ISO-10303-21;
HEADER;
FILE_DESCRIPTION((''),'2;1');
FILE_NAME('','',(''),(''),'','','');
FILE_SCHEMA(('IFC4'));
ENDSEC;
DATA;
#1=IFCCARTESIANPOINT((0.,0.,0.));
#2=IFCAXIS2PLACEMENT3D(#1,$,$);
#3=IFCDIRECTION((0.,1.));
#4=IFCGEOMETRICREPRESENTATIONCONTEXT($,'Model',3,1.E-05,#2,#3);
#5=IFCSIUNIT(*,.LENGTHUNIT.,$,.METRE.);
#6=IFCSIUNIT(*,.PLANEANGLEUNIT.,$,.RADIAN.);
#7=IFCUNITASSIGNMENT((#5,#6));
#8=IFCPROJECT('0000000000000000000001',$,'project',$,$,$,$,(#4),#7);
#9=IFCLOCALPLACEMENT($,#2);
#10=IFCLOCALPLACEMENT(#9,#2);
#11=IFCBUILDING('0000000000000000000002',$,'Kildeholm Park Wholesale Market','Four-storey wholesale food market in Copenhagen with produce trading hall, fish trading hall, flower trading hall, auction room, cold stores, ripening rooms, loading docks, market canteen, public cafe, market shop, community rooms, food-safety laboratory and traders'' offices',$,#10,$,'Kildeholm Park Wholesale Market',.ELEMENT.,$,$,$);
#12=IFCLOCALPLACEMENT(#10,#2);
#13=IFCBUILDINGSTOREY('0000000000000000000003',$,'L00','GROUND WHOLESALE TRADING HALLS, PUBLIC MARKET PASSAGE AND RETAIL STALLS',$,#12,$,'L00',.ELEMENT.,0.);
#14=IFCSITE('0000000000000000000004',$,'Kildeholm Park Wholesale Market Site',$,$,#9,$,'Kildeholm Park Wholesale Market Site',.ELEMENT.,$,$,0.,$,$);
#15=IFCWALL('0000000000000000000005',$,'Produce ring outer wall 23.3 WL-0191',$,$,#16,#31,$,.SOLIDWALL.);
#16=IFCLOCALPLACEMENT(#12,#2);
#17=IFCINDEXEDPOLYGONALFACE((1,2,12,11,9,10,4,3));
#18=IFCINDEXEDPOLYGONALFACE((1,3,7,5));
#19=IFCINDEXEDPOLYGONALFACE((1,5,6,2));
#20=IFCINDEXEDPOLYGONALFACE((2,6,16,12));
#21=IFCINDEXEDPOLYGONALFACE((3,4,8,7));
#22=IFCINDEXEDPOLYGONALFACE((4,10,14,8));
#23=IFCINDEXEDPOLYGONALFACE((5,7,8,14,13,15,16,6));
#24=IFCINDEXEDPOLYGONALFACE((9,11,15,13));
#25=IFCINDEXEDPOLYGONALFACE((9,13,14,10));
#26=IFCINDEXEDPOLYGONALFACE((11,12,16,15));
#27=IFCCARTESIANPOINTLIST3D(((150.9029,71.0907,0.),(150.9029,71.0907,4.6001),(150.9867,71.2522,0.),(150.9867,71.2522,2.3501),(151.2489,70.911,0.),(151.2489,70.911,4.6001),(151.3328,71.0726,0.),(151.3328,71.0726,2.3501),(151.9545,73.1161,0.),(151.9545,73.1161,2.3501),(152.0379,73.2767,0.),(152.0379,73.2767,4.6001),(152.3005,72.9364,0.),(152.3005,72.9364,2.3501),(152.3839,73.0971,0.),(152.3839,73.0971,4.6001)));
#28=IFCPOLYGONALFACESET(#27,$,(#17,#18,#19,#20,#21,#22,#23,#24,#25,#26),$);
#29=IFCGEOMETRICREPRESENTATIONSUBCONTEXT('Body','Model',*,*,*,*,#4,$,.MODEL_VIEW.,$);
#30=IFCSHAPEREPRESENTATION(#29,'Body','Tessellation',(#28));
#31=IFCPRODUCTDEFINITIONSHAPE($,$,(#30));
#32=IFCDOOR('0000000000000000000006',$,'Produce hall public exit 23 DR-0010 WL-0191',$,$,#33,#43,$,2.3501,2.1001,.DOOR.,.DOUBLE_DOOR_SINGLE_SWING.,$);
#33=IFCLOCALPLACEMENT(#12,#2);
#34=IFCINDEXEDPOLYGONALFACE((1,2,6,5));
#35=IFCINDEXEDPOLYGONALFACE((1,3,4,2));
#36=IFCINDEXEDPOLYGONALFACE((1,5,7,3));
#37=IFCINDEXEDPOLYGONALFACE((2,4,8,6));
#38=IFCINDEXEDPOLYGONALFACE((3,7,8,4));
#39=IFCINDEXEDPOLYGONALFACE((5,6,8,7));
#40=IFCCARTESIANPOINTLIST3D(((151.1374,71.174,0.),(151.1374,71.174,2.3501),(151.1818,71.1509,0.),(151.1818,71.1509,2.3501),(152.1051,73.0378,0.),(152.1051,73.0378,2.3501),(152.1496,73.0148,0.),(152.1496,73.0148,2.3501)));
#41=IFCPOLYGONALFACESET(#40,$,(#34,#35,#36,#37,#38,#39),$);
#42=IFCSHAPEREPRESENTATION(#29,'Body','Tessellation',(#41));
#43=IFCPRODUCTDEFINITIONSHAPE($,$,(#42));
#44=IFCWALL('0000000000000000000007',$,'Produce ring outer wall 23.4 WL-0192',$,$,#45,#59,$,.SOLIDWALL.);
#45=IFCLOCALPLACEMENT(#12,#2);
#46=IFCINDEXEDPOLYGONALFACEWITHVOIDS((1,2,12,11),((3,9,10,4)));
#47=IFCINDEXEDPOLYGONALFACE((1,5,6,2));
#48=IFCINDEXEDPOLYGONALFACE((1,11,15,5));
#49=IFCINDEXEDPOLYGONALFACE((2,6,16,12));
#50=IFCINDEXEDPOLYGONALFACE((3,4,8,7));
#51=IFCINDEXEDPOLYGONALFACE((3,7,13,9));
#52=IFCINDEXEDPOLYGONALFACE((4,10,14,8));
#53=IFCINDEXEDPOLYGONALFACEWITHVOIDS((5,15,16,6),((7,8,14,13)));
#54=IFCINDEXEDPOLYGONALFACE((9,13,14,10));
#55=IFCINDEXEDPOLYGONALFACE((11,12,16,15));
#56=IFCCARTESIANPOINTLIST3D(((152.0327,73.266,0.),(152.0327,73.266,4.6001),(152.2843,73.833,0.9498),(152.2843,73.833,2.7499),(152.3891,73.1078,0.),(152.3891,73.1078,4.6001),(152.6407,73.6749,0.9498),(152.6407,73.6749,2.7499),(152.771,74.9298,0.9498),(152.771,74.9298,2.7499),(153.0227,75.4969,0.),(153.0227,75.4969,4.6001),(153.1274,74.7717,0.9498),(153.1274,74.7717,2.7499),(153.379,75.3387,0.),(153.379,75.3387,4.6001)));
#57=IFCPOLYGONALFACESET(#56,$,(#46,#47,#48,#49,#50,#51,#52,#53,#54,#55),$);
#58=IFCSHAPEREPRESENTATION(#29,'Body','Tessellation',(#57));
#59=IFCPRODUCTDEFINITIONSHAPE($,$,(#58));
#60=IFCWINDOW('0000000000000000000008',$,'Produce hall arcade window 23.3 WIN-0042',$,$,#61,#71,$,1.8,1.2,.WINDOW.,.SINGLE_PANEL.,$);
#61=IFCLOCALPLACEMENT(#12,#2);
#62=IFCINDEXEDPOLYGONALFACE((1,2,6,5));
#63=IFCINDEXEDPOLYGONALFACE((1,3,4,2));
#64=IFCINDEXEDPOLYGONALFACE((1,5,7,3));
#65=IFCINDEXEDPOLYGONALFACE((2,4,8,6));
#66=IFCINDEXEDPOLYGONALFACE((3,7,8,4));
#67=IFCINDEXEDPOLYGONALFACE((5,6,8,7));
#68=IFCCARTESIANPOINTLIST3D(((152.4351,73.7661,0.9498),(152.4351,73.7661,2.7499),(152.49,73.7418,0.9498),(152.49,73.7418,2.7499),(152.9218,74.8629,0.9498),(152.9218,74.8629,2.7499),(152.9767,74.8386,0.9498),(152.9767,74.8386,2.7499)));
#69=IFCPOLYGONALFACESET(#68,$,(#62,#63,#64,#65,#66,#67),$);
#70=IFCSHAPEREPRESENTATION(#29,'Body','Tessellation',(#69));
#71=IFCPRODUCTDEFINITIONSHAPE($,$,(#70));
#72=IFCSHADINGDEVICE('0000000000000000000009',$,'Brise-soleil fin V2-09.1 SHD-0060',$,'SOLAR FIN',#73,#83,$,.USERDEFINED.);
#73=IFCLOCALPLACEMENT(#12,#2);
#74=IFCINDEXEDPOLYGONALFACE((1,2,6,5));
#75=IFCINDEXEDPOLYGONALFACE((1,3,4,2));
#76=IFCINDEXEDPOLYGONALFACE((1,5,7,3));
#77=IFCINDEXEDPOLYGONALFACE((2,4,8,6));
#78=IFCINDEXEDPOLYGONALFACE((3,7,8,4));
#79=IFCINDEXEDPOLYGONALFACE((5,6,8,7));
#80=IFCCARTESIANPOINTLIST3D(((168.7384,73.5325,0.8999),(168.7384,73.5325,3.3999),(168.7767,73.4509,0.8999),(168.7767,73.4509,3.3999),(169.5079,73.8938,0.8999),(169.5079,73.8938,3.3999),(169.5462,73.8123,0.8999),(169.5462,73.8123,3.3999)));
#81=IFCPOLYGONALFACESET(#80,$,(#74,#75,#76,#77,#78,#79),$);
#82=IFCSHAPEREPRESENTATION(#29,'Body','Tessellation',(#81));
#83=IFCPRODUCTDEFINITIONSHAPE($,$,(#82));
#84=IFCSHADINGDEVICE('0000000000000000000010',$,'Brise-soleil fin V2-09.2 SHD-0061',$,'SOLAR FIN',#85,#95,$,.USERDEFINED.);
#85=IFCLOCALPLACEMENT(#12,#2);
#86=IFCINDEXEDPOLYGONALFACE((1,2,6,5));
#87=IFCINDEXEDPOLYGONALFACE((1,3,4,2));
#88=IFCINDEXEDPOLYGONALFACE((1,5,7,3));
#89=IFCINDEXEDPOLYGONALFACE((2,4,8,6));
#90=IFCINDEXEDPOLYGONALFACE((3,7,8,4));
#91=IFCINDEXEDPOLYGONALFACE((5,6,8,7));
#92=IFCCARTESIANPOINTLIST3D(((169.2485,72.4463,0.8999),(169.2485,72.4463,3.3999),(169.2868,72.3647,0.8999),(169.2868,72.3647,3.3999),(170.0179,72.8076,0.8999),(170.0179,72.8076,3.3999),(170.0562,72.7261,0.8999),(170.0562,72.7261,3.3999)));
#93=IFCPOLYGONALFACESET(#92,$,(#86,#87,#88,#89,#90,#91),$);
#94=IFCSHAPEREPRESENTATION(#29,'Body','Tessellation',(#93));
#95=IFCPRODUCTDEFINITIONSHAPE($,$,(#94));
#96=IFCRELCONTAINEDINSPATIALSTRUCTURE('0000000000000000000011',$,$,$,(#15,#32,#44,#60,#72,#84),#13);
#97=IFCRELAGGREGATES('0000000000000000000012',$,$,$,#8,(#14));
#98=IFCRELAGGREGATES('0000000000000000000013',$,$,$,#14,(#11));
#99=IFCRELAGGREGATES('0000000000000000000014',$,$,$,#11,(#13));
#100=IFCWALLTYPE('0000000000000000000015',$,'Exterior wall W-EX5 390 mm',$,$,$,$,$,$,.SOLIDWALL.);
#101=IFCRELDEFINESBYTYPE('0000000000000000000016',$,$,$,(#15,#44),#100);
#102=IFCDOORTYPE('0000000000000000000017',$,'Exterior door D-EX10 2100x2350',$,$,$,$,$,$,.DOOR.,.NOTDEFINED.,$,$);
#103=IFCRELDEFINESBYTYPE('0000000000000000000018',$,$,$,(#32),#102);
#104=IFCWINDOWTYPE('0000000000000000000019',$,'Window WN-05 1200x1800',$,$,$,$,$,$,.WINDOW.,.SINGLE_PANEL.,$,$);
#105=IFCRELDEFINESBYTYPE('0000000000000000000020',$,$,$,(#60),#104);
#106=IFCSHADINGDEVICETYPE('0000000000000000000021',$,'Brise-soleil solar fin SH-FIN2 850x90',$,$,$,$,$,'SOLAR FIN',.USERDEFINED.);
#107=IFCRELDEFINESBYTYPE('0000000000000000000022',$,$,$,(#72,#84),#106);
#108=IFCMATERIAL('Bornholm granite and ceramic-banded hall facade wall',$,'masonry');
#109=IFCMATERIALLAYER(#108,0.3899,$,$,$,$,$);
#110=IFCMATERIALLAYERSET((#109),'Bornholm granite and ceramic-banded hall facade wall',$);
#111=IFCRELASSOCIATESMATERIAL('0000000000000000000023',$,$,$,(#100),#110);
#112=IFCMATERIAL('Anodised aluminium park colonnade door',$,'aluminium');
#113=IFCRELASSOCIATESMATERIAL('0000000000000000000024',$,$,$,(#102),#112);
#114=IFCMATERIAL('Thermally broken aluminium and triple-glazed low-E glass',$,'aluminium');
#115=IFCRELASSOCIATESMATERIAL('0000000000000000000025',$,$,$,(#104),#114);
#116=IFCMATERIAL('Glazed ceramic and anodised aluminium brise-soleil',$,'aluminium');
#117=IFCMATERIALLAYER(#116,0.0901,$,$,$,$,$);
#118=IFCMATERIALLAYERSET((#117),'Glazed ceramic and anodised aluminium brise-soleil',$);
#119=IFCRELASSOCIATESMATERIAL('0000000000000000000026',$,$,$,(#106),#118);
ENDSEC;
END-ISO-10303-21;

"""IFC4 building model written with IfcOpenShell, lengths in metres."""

from ifc_helpers import new_model, si_unit, direction, frame, frame_2d, origin, origin_2d, place, context, subcontext, project, spatial, rectangle, extrude, material, layer, layer_set, type_object, element, fill, save


model = new_model("IFC4")

# Units and contexts
model_context = context("Model", 3, precision=1e-05, world=origin(), true_north=direction((0.0, 1.0)))
body_context = subcontext(model_context, "Body", "Model", "MODEL_VIEW")
ifc_project = project(units=[si_unit("LENGTHUNIT", "METRE"), si_unit("PLANEANGLEUNIT", "RADIAN")], contexts=[model_context])

# Site, building, storey
site_placement = place(None, origin())
site = spatial("IfcSite", under=ifc_project, at=site_placement, Name="Kildeholm Park Wholesale Market Site", LongName="Kildeholm Park Wholesale Market Site", CompositionType="ELEMENT", RefElevation=0.0)
building_placement = place(site_placement, origin())
building = spatial("IfcBuilding", under=site, at=building_placement, Name="Kildeholm Park Wholesale Market", Description="Four-storey wholesale food market in Copenhagen with produce trading hall, fish trading hall, flower trading hall, auction room, cold stores, ripening rooms, loading docks, market canteen, public cafe, market shop, community rooms, food-safety laboratory and traders' offices", LongName="Kildeholm Park Wholesale Market", CompositionType="ELEMENT")
storey_placement = place(building_placement, origin())
storey = spatial("IfcBuildingStorey", under=building, at=storey_placement, Name="L00", Description="GROUND WHOLESALE TRADING HALLS, PUBLIC MARKET PASSAGE AND RETAIL STALLS", LongName="L00", CompositionType="ELEMENT", Elevation=0.0)

# Shared definitions
ifc_material_1 = material(Name="Thermally broken aluminium and triple-glazed low-E glass", Category="aluminium")

# Shared definitions
ifc_material_2 = material(Name="Bornholm granite and ceramic-banded hall facade wall", Category="masonry")
ifc_layer_1 = layer(ifc_material_2, 0.3899)
ifc_layer_set_1 = layer_set([ifc_layer_1], Name="Bornholm granite and ceramic-banded hall facade wall")
wall_type_1 = type_object("IfcWallType", Name="Exterior wall W-EX5 390 mm", PredefinedType="SOLIDWALL", material=ifc_layer_set_1)

# Wall, opening, door
wall_1_placement = place(storey_placement, frame((151.0759, 71.001, 0.0), z_axis=(0.0, 0.0, 1.0), x_axis=(0.4608, 0.887504, 0.0)))
wall_1 = element("IfcWall", 1, at=wall_1_placement, inside=storey, type_object=wall_type_1, Name="Produce ring outer wall 23.3 WL-0191", PredefinedType="SOLIDWALL", context=body_context, shape_type="SweptSolid", body=[
    extrude(rectangle(XDim=2.4631, YDim=0.3899, at=frame_2d((1.2314, 0.0))), origin(), (0.0, 0.0, 1.0), 4.6001),
])
opening_1_placement = place(wall_1_placement, frame((0.1819, 0.0, 0.0)))
opening_1 = element("IfcOpeningElement", 2, at=opening_1_placement, cuts=wall_1, PredefinedType="OPENING", context=body_context, shape_type="SweptSolid", body=[
    extrude(rectangle(XDim=2.1001, YDim=2.3501, at=frame_2d((1.05, 1.175))), frame((0.0, 0.2048, 0.0), z_axis=(0.0, -1.0, 0.0), x_axis=(1.0, 0.0, 0.0)), (0.0, 0.0, 1.0), 0.4099),
])
ifc_material_3 = material(Name="Anodised aluminium park colonnade door", Category="aluminium")
door_type = type_object("IfcDoorType", Name="Exterior door D-EX10 2100x2350", OperationType="NOTDEFINED", PredefinedType="DOOR", material=ifc_material_3)
door_placement = place(opening_1_placement, frame((2.1001, 0.0, 0.0), z_axis=(0.0, 0.0, 1.0), x_axis=(-1.0, 0.0, 0.0)))
door = element("IfcDoor", 3, at=door_placement, inside=storey, type_object=door_type, Name="Produce hall public exit 23 DR-0010 WL-0191", OperationType="DOUBLE_DOOR_SINGLE_SWING", OverallHeight=2.3501, OverallWidth=2.1001, PredefinedType="DOOR", context=body_context, shape_type="SweptSolid", body=[
    extrude(rectangle(XDim=2.1001, YDim=2.3501, at=frame_2d((1.05, 1.175))), frame((0.0, 0.0249, 0.0), z_axis=(0.0, -1.0, 0.0), x_axis=(1.0, 0.0, 0.0)), (0.0, 0.0, 1.0), 0.05),
])
fill(opening_1, door)

# Wall, opening, window
wall_2_placement = place(storey_placement, frame((152.2109, 73.187, 0.0), z_axis=(0.0, 0.0, 1.0), x_axis=(0.405609, 0.914047, 0.0)))
wall_2 = element("IfcWall", 4, at=wall_2_placement, inside=storey, type_object=wall_type_1, Name="Produce ring outer wall 23.4 WL-0192", PredefinedType="SOLIDWALL", context=body_context, shape_type="SweptSolid", body=[
    extrude(rectangle(XDim=2.4407, YDim=0.3899, at=frame_2d((1.2202, 0.0))), origin(), (0.0, 0.0, 1.0), 4.6001),
])
opening_2_placement = place(wall_2_placement, frame((0.6201, 0.0, 0.95)))
opening_2 = element("IfcOpeningElement", 5, at=opening_2_placement, cuts=wall_2, PredefinedType="OPENING", context=body_context, shape_type="SweptSolid", body=[
    extrude(rectangle(XDim=1.2, YDim=1.8, at=frame_2d((0.6001, 0.8999))), frame((0.0, 0.2048, 0.0), z_axis=(0.0, -1.0, 0.0), x_axis=(1.0, 0.0, 0.0)), (0.0, 0.0, 1.0), 0.4099),
])
window_type_1 = type_object("IfcWindowType", Name="Window WN-05 1200x1800", PartitioningType="SINGLE_PANEL", PredefinedType="WINDOW", material=ifc_material_1)
window_1_placement = place(opening_2_placement, origin())
window_1 = element("IfcWindow", 6, at=window_1_placement, inside=storey, type_object=window_type_1, Name="Produce hall arcade window 23.3 WIN-0042", OverallHeight=1.8, OverallWidth=1.2, PartitioningType="SINGLE_PANEL", PredefinedType="WINDOW", context=body_context, shape_type="SweptSolid", body=[
    extrude(rectangle(XDim=1.2, YDim=1.8, at=frame_2d((0.6001, 0.8999))), frame((0.0, 0.03, 0.0), z_axis=(0.0, -1.0, 0.0), x_axis=(1.0, 0.0, 0.0)), (0.0, 0.0, 1.0), 0.0601),
])
fill(opening_2, window_1)

# Shading devices
ifc_material_4 = material(Name="Glazed ceramic and anodised aluminium brise-soleil", Category="aluminium")
ifc_layer_2 = layer(ifc_material_4, 0.0901)
ifc_layer_set_2 = layer_set([ifc_layer_2], Name="Glazed ceramic and anodised aluminium brise-soleil")
shading_device_type = type_object("IfcShadingDeviceType", Name="Brise-soleil solar fin SH-FIN2 850x90", ElementType="SOLAR FIN", PredefinedType="USERDEFINED", material=ifc_layer_set_2)
for number, where, z_axis, x_axis, name in (
    (7, (169.1423, 73.6724, 0.8999), (0.0, 0.0, 1.0), (-0.905161, -0.425069, 0.0), "Brise-soleil fin V2-09.1 SHD-0060"),
    (8, (169.6523, 72.5862, 0.8999), (0.0, 0.0, 1.0), (-0.905161, -0.425069, 0.0), "Brise-soleil fin V2-09.2 SHD-0061"),
):
    element("IfcShadingDevice", number, at=place(storey_placement, frame(where, z_axis=z_axis, x_axis=x_axis)), inside=storey, type_object=shading_device_type, Name=name, ObjectType="SOLAR FIN", PredefinedType="USERDEFINED", context=body_context, shape_type="SweptSolid", body=[
        extrude(rectangle(XDim=0.8501, YDim=0.0901, at=origin_2d()), origin(), (0.0, 0.0, 1.0), 2.5),
    ])

save(model, "model.ifc")
